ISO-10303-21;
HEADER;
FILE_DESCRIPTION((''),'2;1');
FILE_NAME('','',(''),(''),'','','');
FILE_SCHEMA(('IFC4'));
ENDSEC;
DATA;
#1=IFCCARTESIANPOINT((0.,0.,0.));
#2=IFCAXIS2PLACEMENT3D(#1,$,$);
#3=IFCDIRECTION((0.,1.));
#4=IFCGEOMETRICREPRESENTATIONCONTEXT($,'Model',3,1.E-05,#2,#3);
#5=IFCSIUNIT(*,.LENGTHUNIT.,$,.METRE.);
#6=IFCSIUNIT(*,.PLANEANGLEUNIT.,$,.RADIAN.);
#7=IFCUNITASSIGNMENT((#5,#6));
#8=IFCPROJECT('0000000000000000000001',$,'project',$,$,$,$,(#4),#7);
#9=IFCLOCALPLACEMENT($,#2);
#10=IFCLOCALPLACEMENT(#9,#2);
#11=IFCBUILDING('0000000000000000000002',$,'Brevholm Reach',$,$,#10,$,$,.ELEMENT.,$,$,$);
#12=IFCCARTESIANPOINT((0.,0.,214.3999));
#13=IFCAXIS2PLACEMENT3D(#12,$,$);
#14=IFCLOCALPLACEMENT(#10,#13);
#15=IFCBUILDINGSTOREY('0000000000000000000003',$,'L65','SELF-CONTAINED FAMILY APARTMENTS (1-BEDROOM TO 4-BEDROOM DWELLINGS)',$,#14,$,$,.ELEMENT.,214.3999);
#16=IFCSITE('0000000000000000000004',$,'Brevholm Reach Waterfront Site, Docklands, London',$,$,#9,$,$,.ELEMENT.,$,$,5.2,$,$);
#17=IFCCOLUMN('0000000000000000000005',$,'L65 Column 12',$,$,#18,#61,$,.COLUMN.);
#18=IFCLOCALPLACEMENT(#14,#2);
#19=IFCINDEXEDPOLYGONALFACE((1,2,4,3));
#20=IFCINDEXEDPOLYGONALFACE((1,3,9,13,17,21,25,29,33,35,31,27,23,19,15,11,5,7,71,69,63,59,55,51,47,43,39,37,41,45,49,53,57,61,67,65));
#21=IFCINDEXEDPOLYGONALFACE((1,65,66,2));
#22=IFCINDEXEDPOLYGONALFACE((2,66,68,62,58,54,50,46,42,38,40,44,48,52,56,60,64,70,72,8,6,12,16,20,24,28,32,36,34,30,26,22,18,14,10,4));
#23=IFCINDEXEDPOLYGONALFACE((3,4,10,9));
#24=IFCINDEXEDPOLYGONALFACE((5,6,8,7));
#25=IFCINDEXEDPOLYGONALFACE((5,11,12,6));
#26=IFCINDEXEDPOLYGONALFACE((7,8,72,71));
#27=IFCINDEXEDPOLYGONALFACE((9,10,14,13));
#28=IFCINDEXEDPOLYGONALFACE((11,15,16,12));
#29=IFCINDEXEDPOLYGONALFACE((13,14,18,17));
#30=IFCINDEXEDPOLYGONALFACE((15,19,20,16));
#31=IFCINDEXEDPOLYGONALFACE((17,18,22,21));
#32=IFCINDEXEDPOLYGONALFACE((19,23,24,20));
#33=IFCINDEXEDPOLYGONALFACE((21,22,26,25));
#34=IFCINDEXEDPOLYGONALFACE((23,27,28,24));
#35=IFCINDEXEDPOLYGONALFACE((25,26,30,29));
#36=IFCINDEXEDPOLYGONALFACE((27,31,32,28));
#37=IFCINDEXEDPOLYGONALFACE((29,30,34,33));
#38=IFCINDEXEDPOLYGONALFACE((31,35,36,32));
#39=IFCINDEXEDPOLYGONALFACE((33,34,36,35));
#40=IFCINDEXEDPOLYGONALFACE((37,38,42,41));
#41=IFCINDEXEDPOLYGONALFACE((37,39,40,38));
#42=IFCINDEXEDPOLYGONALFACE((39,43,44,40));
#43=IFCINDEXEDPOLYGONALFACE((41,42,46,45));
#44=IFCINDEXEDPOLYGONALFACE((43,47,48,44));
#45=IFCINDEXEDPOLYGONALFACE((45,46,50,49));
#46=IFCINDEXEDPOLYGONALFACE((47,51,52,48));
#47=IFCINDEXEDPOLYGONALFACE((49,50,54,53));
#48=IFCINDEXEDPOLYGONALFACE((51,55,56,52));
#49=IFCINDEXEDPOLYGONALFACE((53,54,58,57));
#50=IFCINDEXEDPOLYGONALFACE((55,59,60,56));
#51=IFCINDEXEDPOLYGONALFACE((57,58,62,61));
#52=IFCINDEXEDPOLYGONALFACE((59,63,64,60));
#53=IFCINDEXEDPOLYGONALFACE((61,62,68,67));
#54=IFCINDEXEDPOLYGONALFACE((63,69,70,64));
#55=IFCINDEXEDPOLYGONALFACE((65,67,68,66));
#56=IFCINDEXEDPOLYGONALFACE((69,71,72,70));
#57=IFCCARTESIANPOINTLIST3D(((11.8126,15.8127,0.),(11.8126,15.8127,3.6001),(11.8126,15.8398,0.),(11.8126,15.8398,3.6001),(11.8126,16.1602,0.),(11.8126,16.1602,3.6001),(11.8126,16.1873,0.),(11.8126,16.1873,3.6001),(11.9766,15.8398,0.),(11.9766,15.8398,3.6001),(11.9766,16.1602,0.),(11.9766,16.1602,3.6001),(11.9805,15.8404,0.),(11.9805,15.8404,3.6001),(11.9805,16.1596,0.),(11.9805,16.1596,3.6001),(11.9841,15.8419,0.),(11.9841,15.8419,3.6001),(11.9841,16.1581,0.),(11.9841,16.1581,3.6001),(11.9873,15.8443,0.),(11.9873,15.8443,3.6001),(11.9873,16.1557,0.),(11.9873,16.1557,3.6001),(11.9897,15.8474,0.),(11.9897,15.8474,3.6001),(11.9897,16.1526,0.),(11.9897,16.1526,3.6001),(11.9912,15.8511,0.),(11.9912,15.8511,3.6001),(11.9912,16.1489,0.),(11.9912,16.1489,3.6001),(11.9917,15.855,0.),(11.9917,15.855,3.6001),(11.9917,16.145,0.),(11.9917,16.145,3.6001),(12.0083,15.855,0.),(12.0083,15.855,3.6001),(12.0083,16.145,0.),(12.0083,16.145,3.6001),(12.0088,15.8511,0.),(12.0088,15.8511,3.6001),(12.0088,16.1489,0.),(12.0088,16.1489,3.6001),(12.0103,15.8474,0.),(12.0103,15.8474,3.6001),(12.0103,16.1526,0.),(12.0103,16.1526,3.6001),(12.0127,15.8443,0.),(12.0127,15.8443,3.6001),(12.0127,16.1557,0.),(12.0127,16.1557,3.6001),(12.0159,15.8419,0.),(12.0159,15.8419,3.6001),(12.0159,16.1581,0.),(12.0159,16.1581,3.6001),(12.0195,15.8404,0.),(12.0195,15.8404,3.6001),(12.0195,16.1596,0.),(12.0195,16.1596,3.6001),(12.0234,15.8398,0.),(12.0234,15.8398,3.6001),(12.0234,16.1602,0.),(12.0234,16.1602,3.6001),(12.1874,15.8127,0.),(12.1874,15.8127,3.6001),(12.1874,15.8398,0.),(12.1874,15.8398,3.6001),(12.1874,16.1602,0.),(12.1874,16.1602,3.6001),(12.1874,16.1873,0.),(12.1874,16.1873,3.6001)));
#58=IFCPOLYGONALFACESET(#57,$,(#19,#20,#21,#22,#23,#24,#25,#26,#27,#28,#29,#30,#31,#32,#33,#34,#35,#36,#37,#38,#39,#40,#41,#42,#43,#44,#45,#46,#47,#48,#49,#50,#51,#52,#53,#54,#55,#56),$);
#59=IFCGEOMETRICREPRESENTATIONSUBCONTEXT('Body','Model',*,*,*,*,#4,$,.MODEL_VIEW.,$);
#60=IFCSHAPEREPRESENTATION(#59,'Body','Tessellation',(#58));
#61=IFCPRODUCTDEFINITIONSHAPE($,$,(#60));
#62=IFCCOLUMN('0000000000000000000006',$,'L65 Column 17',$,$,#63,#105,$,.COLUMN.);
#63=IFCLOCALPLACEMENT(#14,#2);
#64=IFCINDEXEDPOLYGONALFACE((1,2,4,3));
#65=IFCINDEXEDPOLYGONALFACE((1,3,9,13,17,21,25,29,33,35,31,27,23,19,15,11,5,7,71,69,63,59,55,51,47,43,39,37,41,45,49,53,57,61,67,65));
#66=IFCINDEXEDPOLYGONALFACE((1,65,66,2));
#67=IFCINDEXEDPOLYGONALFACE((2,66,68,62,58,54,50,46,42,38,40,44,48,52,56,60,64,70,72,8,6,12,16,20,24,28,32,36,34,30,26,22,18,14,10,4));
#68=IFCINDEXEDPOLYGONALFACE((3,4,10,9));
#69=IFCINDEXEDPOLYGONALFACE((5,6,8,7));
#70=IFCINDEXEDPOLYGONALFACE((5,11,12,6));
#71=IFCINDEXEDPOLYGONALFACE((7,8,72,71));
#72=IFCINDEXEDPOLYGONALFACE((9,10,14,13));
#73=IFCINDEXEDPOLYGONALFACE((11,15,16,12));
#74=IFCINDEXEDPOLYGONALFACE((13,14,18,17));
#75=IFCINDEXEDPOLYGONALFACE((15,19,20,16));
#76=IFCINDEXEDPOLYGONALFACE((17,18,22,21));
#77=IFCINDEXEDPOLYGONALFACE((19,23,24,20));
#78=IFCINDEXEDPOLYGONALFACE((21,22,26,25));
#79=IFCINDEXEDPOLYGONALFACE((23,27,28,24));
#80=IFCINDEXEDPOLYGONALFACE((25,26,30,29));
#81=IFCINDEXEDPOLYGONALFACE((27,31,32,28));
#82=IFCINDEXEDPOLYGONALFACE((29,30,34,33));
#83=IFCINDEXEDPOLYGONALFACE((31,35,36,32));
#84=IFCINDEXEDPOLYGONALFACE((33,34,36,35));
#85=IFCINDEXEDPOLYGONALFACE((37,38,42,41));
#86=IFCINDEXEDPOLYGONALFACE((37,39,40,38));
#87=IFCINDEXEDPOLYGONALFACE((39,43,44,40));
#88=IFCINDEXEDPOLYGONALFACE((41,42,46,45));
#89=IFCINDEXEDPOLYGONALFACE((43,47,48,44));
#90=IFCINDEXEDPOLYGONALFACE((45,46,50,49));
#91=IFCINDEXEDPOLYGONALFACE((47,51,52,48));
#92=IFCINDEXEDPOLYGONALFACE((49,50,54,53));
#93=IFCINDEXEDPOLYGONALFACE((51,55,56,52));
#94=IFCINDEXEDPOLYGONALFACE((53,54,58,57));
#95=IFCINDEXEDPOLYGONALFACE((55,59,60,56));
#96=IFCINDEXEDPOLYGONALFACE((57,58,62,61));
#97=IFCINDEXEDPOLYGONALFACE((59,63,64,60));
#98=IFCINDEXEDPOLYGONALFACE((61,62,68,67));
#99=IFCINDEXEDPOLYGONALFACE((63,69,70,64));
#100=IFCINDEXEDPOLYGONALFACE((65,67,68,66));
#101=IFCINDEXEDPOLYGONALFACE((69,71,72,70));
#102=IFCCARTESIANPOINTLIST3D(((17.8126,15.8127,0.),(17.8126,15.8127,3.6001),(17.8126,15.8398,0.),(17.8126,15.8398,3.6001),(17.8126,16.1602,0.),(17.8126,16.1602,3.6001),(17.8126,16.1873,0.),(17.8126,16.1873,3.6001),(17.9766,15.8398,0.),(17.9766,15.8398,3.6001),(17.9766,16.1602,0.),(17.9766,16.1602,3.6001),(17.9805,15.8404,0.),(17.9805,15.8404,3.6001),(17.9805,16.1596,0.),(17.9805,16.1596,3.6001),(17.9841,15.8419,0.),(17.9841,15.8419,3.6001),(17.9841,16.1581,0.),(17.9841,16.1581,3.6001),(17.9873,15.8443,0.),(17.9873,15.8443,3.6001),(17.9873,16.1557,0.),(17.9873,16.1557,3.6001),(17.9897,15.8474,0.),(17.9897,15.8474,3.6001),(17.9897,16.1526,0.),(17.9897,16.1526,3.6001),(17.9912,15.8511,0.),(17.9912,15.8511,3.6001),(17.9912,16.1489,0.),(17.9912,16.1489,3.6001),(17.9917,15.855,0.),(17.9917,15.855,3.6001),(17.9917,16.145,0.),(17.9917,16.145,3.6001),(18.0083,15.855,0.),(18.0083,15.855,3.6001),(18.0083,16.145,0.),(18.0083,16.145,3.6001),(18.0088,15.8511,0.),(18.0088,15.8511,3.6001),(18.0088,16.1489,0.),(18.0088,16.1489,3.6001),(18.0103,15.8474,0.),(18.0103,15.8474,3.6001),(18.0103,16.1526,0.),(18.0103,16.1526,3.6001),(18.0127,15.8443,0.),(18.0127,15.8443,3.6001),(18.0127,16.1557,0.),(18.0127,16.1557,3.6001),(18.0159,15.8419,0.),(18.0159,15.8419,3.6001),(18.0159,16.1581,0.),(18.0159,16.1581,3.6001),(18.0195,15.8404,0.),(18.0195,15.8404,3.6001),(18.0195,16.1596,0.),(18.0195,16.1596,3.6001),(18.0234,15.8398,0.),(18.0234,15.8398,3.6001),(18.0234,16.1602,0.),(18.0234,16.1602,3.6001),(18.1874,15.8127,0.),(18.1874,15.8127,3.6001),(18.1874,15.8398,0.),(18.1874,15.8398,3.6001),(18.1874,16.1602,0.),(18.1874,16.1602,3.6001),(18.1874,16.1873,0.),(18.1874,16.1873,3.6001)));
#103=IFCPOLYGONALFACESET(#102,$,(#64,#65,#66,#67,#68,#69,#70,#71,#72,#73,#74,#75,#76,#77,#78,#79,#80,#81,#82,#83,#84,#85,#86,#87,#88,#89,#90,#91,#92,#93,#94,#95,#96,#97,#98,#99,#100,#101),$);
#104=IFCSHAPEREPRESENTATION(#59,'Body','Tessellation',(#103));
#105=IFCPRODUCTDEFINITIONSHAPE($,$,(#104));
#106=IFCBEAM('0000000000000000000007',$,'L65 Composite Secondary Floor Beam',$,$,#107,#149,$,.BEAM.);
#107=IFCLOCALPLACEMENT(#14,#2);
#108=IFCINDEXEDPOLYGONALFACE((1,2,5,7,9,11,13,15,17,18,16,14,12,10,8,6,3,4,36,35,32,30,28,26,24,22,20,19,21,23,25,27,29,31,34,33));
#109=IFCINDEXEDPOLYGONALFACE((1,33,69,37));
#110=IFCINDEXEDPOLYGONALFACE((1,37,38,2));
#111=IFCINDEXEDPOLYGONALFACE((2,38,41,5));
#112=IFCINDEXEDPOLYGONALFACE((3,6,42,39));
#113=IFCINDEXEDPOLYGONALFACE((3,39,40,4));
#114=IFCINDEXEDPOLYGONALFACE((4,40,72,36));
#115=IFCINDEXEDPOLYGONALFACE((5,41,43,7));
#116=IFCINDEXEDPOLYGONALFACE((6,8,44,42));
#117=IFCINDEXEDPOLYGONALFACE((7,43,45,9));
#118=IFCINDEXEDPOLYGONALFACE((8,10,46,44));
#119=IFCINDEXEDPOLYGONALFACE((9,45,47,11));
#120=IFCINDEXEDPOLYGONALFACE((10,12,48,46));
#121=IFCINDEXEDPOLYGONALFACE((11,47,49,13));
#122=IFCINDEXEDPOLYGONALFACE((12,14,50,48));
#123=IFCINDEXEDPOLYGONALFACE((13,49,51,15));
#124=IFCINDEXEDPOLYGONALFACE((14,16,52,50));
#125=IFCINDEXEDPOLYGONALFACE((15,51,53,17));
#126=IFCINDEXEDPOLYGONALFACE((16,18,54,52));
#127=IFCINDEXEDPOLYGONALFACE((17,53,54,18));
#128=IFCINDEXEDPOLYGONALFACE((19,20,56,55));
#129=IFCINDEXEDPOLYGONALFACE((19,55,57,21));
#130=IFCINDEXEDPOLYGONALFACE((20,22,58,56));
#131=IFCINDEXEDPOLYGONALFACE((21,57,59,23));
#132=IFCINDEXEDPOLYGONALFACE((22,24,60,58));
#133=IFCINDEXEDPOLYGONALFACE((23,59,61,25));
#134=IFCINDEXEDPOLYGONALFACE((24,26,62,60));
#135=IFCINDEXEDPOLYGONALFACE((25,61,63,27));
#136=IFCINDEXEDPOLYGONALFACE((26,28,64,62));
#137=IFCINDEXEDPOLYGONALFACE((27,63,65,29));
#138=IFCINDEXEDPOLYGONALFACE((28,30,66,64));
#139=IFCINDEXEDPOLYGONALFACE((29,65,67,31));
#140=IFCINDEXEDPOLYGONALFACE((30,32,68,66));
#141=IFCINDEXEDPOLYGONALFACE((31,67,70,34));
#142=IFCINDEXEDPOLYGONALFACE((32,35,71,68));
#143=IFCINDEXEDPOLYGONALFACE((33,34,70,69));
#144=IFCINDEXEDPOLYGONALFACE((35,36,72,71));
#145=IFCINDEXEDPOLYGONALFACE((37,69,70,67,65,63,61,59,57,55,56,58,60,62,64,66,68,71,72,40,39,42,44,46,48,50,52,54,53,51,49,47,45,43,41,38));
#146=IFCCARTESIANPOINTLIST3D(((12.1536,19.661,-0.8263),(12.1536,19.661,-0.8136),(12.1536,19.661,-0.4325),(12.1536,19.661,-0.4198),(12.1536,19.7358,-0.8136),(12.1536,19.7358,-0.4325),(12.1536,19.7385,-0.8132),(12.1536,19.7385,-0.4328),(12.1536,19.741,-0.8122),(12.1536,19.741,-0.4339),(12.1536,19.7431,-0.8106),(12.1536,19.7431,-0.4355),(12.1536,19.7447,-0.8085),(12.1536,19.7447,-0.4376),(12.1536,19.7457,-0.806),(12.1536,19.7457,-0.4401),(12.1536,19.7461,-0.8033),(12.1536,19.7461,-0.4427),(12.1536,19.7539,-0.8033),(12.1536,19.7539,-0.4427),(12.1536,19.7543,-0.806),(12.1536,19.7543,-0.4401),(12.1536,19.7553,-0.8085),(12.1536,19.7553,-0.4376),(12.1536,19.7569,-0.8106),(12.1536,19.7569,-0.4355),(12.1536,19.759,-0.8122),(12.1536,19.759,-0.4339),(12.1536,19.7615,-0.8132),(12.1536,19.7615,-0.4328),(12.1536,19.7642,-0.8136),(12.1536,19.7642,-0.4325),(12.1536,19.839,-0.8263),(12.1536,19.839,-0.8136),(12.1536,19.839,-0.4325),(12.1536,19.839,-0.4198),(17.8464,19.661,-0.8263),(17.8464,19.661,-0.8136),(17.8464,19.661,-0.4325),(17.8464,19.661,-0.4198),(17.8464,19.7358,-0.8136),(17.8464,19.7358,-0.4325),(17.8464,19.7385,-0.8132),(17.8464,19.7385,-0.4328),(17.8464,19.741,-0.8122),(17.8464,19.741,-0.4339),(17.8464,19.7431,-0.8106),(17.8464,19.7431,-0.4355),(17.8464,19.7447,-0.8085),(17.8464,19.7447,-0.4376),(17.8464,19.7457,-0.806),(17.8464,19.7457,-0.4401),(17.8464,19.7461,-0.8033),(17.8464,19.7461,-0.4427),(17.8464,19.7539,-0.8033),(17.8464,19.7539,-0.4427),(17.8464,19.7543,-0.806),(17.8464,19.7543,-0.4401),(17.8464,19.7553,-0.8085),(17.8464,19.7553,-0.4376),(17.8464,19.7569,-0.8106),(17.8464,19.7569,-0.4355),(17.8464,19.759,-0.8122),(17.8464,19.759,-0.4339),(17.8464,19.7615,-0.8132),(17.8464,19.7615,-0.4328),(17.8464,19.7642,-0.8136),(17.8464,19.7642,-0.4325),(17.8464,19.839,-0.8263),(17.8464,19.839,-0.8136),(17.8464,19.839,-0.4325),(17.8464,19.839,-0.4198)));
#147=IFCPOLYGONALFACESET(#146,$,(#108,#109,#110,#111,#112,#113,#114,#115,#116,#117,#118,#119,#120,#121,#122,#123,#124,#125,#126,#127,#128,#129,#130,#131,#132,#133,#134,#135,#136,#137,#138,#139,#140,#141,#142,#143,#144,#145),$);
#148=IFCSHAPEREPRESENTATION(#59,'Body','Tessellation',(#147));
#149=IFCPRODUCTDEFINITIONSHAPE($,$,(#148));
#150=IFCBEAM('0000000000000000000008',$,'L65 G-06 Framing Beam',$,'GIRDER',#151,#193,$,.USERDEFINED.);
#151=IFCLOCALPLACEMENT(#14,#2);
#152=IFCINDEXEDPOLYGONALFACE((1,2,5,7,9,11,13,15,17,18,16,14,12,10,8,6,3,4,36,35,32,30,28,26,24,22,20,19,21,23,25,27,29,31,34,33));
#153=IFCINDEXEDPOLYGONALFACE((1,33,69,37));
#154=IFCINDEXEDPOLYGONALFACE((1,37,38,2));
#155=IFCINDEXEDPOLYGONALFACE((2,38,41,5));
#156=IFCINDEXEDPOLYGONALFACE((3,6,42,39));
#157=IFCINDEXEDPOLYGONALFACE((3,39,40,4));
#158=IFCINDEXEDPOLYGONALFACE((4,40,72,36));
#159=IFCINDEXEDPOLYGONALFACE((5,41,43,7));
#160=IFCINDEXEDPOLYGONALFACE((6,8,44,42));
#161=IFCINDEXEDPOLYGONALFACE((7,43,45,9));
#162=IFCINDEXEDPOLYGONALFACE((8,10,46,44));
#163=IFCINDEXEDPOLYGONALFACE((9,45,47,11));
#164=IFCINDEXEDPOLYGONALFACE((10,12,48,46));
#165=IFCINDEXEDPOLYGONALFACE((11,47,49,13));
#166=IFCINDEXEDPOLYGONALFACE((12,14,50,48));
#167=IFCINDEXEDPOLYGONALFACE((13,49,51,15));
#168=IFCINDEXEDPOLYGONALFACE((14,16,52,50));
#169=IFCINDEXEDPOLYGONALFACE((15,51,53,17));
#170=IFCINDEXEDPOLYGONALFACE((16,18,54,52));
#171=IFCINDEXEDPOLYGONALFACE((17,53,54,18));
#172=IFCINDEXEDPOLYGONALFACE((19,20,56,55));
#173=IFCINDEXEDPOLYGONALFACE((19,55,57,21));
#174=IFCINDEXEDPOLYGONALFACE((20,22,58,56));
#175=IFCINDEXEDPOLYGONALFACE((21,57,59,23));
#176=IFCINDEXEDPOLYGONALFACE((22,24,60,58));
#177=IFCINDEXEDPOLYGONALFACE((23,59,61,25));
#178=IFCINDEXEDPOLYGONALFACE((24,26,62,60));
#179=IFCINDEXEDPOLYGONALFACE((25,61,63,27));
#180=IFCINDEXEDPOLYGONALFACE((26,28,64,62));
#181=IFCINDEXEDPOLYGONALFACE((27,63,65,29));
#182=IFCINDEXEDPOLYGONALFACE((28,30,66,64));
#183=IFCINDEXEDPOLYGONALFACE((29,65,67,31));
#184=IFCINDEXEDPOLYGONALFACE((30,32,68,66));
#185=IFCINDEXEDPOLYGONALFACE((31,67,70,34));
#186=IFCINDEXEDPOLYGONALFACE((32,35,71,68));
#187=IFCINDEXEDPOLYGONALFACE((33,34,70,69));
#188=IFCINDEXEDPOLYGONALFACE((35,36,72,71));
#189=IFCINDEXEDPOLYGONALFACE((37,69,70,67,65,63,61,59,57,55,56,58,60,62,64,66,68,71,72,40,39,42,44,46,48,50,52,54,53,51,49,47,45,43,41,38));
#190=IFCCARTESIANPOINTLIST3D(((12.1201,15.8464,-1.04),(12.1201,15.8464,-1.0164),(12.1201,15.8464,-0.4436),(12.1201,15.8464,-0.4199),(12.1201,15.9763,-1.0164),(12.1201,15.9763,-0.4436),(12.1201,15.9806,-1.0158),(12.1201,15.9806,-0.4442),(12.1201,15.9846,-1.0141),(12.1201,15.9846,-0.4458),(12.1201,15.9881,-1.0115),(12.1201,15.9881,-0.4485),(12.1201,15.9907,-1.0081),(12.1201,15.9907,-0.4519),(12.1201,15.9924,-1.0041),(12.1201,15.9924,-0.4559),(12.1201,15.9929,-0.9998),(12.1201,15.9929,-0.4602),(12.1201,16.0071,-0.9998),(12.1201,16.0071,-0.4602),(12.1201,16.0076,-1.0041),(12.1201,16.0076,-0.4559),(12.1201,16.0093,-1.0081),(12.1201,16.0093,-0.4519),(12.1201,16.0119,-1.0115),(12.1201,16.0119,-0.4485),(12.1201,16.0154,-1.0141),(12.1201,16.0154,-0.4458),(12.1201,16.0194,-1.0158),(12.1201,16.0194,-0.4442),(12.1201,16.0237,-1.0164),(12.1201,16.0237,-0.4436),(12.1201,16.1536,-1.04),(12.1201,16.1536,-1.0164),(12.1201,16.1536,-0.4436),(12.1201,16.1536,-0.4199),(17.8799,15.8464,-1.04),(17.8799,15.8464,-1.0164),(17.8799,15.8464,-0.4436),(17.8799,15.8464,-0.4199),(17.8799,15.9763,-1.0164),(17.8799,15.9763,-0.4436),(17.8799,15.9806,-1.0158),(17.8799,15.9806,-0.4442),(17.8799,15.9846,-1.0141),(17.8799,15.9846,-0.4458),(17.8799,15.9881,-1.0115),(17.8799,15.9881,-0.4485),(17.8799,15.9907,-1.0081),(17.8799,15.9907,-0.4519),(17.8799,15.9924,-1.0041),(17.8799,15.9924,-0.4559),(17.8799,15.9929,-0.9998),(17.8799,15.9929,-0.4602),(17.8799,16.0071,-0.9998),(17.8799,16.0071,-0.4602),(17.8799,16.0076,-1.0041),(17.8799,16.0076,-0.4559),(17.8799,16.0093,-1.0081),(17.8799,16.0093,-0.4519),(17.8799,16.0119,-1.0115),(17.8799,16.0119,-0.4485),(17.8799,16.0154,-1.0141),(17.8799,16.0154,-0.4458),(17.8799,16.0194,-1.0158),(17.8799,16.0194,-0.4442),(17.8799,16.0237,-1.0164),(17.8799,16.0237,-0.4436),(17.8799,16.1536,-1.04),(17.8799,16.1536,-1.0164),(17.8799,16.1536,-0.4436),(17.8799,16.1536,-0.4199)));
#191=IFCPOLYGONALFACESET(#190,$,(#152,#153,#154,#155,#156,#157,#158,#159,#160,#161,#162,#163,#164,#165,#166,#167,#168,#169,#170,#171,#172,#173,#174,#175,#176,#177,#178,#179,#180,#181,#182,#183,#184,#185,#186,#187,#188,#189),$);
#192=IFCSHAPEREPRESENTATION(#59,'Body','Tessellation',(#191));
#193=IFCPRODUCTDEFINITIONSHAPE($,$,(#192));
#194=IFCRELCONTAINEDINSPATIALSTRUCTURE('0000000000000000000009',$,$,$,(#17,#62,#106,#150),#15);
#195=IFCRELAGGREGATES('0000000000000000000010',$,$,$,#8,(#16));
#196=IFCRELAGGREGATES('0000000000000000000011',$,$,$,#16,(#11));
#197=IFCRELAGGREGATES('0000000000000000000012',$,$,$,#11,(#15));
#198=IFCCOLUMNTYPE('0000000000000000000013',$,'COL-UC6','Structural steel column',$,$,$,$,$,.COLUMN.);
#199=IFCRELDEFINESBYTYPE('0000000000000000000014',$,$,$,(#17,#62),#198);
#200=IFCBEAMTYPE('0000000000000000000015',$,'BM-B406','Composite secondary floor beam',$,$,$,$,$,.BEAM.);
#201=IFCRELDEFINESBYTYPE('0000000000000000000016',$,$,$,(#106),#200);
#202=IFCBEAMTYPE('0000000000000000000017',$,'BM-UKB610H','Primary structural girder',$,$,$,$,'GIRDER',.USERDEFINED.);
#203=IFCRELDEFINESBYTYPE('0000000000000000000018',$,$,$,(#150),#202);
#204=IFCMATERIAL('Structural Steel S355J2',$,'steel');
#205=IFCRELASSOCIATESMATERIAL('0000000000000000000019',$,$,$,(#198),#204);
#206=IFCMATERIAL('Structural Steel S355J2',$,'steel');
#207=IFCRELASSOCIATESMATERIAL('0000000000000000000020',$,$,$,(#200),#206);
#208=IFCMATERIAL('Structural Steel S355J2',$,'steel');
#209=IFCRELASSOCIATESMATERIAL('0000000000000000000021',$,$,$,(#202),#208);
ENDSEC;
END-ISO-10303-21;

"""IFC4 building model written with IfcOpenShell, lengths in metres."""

from ifc_helpers import new_model, si_unit, direction, frame, origin, origin_2d, place, context, subcontext, project, spatial, i_section, extrude, material, material_profile, profile_set, type_object, element, save


model = new_model("IFC4")

# Units and contexts
model_context = context("Model", 3, precision=1e-05, world=origin(), true_north=direction((0.0, 1.0)))
body_context = subcontext(model_context, "Body", "Model", "MODEL_VIEW")
ifc_project = project(units=[si_unit("LENGTHUNIT", "METRE"), si_unit("PLANEANGLEUNIT", "RADIAN")], contexts=[model_context])

# Site, building, storey
site_placement = place(None, origin())
site = spatial("IfcSite", under=ifc_project, at=site_placement, Name="Brevholm Reach Waterfront Site, Docklands, London", CompositionType="ELEMENT", RefElevation=5.2)
building_placement = place(site_placement, origin())
building = spatial("IfcBuilding", under=site, at=building_placement, Name="Brevholm Reach", CompositionType="ELEMENT")
storey_placement = place(building_placement, frame((0.0, 0.0, 214.3999)))
storey = spatial("IfcBuildingStorey", under=building, at=storey_placement, Name="L65", Description="SELF-CONTAINED FAMILY APARTMENTS (1-BEDROOM TO 4-BEDROOM DWELLINGS)", CompositionType="ELEMENT", Elevation=214.3999)

# Columns
ifc_material_1 = material(Name="Structural Steel S355J2", Category="steel")
ifc_material_profile_1 = material_profile(ifc_material_1, i_section(OverallWidth=0.3748, OverallDepth=0.3745, WebThickness=0.0166, FlangeThickness=0.0271, FilletRadius=0.0151, at=origin_2d()), Name="UKC 356x368x202")
ifc_profile_set_1 = profile_set([ifc_material_profile_1], Name="Structural Steel S355J2")
column_type = type_object("IfcColumnType", Name="COL-UC6", Description="Structural steel column", PredefinedType="COLUMN", material=ifc_profile_set_1)
for number, where, z_axis, x_axis, name in (
    (1, (12.0, 16.0, 0.0), (0.0, 0.0, 1.0), (1.0, 0.0, 0.0), "L65 Column 12"),
    (2, (18.0, 16.0, 0.0), (0.0, 0.0, 1.0), (1.0, 0.0, 0.0), "L65 Column 17"),
):
    element("IfcColumn", number, at=place(storey_placement, frame(where, z_axis=z_axis, x_axis=x_axis)), inside=storey, type_object=column_type, Name=name, PredefinedType="COLUMN", context=body_context, shape_type="SweptSolid", body=[
        extrude(i_section(OverallWidth=0.3748, OverallDepth=0.3745, WebThickness=0.0166, FlangeThickness=0.0271, FilletRadius=0.0151, at=origin_2d()), origin(), (0.0, 0.0, 1.0), 3.6001),
    ])

# Beams
ifc_material_2 = material(Name="Structural Steel S355J2", Category="steel")
ifc_material_profile_2 = material_profile(ifc_material_2, i_section(OverallWidth=0.178, OverallDepth=0.4065, WebThickness=0.0078, FlangeThickness=0.0127, FilletRadius=0.0103, at=origin_2d()), Name="UKB 406x178x60")
ifc_profile_set_2 = profile_set([ifc_material_profile_2], Name="Structural Steel S355J2")
beam_type_1 = type_object("IfcBeamType", Name="BM-B406", Description="Composite secondary floor beam", PredefinedType="BEAM", material=ifc_profile_set_2)
beam_1_placement = place(storey_placement, frame((12.1536, 19.75, -0.623), z_axis=(1.0, 0.0, 0.0), x_axis=(0.0, 1.0, 0.0)))
element("IfcBeam", 3, at=beam_1_placement, inside=storey, type_object=beam_type_1, Name="L65 Composite Secondary Floor Beam", PredefinedType="BEAM", context=body_context, shape_type="SweptSolid", body=[
    extrude(i_section(OverallWidth=0.178, OverallDepth=0.4065, WebThickness=0.0078, FlangeThickness=0.0127, FilletRadius=0.0103, at=origin_2d()), origin(), (0.0, 0.0, 1.0), 5.6929),
])
ifc_material_3 = material(Name="Structural Steel S355J2", Category="steel")
ifc_material_profile_3 = material_profile(ifc_material_3, i_section(OverallWidth=0.3071, OverallDepth=0.6201, WebThickness=0.0142, FlangeThickness=0.0237, FilletRadius=0.0166, at=origin_2d()), Name="UKB 610x305x179")
ifc_profile_set_3 = profile_set([ifc_material_profile_3], Name="Structural Steel S355J2")
beam_type_2 = type_object("IfcBeamType", Name="BM-UKB610H", Description="Primary structural girder", ElementType="GIRDER", PredefinedType="USERDEFINED", material=ifc_profile_set_3)
beam_2_placement = place(storey_placement, frame((12.1201, 16.0, -0.73), z_axis=(1.0, 0.0, 0.0), x_axis=(0.0, 1.0, 0.0)))
element("IfcBeam", 4, at=beam_2_placement, inside=storey, type_object=beam_type_2, Name="L65 G-06 Framing Beam", ObjectType="GIRDER", PredefinedType="USERDEFINED", context=body_context, shape_type="SweptSolid", body=[
    extrude(i_section(OverallWidth=0.3071, OverallDepth=0.6201, WebThickness=0.0142, FlangeThickness=0.0237, FilletRadius=0.0166, at=origin_2d()), origin(), (0.0, 0.0, 1.0), 5.7598),
])

save(model, "model.ifc")
